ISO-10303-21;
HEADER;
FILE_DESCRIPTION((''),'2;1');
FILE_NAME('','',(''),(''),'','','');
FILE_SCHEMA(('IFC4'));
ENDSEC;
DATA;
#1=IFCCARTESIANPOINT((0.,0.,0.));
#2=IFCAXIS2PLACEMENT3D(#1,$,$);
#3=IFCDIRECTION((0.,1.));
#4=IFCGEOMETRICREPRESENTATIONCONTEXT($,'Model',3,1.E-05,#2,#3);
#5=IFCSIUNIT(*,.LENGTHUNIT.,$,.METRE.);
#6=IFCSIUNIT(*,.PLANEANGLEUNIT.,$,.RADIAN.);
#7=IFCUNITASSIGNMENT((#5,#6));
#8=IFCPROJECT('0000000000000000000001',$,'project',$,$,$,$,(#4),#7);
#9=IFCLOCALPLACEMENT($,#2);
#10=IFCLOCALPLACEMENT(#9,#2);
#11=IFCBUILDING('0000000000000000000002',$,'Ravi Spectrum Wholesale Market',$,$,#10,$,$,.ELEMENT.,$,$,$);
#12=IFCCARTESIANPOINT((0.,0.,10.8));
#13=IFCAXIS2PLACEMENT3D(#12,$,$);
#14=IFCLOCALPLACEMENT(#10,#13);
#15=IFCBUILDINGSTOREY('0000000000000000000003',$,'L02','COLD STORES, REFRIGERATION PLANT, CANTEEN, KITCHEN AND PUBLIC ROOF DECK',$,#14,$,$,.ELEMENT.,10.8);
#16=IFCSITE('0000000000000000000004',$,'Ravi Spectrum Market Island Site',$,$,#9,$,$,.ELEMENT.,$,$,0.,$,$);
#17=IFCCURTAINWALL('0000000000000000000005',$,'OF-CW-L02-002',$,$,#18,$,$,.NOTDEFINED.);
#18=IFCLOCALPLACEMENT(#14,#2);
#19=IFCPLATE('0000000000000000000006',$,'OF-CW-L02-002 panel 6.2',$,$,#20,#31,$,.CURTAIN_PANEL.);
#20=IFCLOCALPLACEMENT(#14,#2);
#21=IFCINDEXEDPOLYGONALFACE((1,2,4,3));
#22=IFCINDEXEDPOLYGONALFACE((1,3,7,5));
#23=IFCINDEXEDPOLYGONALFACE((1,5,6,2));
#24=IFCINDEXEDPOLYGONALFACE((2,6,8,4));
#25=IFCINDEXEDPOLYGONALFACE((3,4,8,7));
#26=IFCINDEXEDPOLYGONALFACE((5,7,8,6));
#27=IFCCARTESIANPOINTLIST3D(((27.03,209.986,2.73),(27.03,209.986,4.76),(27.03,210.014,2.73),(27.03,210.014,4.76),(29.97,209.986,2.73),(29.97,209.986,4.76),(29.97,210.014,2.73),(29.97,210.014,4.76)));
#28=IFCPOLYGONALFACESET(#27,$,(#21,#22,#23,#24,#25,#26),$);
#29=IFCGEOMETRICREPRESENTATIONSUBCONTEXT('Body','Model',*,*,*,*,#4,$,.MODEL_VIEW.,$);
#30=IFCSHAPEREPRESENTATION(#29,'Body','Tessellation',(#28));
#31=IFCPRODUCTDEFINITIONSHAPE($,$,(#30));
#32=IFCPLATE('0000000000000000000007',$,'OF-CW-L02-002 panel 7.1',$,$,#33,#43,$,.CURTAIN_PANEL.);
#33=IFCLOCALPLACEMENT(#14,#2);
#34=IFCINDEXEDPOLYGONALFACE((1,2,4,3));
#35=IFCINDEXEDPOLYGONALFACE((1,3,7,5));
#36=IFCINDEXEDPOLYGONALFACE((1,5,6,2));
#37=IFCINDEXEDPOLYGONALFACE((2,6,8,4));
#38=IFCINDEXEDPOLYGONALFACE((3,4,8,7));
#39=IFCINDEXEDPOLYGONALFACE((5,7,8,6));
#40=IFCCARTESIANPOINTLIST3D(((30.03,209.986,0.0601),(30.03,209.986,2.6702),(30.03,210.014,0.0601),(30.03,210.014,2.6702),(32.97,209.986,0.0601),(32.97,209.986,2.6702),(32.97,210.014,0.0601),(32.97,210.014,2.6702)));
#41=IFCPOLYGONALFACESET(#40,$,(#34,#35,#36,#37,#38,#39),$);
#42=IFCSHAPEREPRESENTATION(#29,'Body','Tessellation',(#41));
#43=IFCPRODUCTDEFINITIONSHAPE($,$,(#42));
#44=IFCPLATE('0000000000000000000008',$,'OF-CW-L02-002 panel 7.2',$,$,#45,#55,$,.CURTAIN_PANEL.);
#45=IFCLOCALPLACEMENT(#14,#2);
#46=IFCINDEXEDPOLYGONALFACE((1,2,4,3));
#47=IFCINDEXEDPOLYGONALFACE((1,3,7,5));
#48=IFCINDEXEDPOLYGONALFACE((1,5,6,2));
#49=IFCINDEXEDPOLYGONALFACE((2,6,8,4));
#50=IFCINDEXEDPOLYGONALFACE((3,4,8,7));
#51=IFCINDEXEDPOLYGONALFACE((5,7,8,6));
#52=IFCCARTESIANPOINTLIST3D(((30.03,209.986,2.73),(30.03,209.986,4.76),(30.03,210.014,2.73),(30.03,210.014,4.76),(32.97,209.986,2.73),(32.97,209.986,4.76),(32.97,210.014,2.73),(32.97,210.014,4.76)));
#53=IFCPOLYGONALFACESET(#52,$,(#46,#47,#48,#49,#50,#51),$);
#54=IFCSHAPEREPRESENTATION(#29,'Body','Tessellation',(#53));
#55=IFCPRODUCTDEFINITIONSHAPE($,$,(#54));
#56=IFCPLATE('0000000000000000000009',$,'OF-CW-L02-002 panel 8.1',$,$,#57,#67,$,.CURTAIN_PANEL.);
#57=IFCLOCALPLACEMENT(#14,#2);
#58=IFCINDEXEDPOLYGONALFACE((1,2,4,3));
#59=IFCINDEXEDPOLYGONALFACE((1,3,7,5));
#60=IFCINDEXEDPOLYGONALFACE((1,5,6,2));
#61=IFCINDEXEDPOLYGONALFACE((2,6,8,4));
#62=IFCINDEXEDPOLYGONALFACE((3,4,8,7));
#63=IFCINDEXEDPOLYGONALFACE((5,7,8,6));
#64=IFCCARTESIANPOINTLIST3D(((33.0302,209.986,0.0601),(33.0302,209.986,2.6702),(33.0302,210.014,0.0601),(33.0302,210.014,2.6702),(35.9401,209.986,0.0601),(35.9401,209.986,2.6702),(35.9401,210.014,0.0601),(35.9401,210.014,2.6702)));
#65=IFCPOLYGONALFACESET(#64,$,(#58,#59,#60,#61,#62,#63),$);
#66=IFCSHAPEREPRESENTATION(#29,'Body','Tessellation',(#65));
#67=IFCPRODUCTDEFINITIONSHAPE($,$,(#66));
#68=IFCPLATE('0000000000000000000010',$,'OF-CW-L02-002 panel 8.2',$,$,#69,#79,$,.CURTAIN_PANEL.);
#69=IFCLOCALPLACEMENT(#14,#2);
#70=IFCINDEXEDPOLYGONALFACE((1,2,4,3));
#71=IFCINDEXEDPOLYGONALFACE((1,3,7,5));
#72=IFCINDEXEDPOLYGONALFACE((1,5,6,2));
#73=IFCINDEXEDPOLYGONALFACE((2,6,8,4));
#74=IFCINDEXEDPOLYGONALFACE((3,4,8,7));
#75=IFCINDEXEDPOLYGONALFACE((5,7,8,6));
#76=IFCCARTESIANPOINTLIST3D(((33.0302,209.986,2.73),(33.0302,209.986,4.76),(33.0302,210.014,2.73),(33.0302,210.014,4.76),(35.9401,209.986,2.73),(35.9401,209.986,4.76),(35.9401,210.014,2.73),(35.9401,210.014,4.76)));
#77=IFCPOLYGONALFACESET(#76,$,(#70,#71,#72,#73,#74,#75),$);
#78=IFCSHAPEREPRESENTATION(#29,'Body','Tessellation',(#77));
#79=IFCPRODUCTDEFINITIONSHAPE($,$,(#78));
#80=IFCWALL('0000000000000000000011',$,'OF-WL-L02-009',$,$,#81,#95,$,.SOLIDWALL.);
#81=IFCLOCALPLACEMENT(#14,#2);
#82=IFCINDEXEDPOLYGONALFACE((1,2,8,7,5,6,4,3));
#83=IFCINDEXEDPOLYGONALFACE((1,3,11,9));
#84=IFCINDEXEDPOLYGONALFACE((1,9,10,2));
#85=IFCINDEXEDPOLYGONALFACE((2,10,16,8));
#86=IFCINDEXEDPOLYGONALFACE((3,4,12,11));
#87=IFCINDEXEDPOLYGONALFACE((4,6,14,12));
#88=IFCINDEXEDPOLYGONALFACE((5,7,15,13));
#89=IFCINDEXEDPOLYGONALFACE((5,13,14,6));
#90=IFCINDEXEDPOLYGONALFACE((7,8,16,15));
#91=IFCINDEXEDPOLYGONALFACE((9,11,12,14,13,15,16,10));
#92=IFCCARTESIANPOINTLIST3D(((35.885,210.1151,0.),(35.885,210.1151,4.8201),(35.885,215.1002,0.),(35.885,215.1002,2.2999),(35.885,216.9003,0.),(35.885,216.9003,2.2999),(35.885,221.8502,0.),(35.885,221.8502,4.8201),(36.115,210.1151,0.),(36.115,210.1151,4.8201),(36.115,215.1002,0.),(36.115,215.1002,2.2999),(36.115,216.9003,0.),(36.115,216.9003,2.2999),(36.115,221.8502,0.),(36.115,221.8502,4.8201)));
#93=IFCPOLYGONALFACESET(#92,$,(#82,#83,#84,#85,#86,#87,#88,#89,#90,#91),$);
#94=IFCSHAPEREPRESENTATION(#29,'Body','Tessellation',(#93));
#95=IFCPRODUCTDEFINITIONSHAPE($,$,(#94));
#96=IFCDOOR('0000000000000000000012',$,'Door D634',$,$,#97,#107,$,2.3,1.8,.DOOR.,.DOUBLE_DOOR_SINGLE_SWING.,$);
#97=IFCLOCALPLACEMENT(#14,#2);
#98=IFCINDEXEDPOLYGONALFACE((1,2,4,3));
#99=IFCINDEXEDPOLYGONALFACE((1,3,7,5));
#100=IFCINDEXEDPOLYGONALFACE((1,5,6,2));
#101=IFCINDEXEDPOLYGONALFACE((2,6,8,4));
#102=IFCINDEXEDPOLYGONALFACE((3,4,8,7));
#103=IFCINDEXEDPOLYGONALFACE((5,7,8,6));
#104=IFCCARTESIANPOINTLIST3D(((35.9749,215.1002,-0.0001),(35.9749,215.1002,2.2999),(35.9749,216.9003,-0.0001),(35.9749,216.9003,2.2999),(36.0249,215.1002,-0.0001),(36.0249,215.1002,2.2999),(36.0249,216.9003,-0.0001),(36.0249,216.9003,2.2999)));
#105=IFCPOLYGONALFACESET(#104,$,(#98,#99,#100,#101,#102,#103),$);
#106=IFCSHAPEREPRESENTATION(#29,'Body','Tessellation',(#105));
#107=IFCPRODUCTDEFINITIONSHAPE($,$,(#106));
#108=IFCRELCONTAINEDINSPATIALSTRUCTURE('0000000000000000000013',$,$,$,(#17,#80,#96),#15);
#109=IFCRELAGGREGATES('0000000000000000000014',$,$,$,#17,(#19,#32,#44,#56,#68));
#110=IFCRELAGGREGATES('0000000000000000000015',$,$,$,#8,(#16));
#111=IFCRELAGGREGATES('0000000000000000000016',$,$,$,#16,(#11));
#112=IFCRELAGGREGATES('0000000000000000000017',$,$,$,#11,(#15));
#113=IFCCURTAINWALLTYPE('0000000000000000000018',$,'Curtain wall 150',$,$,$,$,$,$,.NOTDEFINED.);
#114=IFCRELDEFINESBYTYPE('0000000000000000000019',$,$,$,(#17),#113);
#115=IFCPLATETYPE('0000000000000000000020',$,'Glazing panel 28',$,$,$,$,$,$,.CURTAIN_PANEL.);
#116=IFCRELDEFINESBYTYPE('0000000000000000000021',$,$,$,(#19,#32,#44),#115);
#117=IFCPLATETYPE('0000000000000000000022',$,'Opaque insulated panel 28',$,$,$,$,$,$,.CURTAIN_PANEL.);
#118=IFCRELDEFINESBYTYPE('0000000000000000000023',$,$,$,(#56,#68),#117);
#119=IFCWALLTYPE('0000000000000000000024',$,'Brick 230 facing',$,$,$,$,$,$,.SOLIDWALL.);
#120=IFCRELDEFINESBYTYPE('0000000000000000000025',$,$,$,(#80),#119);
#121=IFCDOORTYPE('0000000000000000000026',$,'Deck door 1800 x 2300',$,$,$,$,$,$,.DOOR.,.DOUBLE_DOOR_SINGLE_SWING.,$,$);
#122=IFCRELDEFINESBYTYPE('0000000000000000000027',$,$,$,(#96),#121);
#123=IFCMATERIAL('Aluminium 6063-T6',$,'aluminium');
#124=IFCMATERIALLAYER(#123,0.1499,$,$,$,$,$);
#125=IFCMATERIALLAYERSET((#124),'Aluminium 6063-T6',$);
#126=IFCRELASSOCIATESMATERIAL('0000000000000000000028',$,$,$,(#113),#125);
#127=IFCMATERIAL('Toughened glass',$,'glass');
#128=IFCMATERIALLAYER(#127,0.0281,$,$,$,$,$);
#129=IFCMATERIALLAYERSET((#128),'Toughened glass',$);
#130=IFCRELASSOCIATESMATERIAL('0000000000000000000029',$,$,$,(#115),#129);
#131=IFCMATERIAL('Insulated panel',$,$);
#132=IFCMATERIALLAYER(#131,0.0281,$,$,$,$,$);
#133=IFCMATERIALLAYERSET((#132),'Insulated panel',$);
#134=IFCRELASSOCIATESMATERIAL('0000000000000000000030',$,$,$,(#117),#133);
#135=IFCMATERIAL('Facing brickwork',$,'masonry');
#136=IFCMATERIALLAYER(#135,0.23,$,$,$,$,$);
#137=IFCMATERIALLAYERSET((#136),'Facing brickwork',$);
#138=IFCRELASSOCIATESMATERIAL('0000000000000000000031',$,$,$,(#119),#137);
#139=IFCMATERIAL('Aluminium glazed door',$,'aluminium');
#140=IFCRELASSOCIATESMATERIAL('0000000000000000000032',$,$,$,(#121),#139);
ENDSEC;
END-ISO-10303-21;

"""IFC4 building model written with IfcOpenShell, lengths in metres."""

from ifc_helpers import new_model, si_unit, direction, frame, frame_2d, origin, origin_2d, place, context, subcontext, project, spatial, rectangle, extrude, material, layer, layer_set, type_object, element, fill, aggregate, save


model = new_model("IFC4")

# Units and contexts
model_context = context("Model", 3, precision=1e-05, world=origin(), true_north=direction((0.0, 1.0)))
body_context = subcontext(model_context, "Body", "Model", "MODEL_VIEW")
ifc_project = project(units=[si_unit("LENGTHUNIT", "METRE"), si_unit("PLANEANGLEUNIT", "RADIAN")], contexts=[model_context])

# Site, building, storey
site_placement = place(None, origin())
site = spatial("IfcSite", under=ifc_project, at=site_placement, Name="Ravi Spectrum Market Island Site", CompositionType="ELEMENT", RefElevation=0.0)
building_placement = place(site_placement, origin())
building = spatial("IfcBuilding", under=site, at=building_placement, Name="Ravi Spectrum Wholesale Market", CompositionType="ELEMENT")
storey_placement = place(building_placement, frame((0.0, 0.0, 10.8)))
storey = spatial("IfcBuildingStorey", under=building, at=storey_placement, Name="L02", Description="COLD STORES, REFRIGERATION PLANT, CANTEEN, KITCHEN AND PUBLIC ROOF DECK", CompositionType="ELEMENT", Elevation=10.8)

# Curtain wall, plates
ifc_material_1 = material(Name="Aluminium 6063-T6", Category="aluminium")
ifc_layer_1 = layer(ifc_material_1, 0.1499)
ifc_layer_set_1 = layer_set([ifc_layer_1], Name="Aluminium 6063-T6")
curtain_wall_type = type_object("IfcCurtainWallType", Name="Curtain wall 150", PredefinedType="NOTDEFINED", material=ifc_layer_set_1)
curtain_wall_placement = place(storey_placement, origin())
curtain_wall = element("IfcCurtainWall", 1, at=curtain_wall_placement, inside=storey, type_object=curtain_wall_type, Name="OF-CW-L02-002", PredefinedType="NOTDEFINED")
ifc_material_2 = material(Name="Toughened glass", Category="glass")
ifc_layer_2 = layer(ifc_material_2, 0.0281)
ifc_layer_set_2 = layer_set([ifc_layer_2], Name="Toughened glass")
plate_type_1 = type_object("IfcPlateType", Name="Glazing panel 28", PredefinedType="CURTAIN_PANEL", material=ifc_layer_set_2)
plate_1_placement = place(storey_placement, frame((28.5, 210.0, 2.73), z_axis=(0.0, 0.0, 1.0), x_axis=(1.0, 0.0, 0.0)))
plate_1 = element("IfcPlate", 2, at=plate_1_placement, type_object=plate_type_1, Name="OF-CW-L02-002 panel 6.2", PredefinedType="CURTAIN_PANEL", context=body_context, shape_type="SweptSolid", body=[
    extrude(rectangle(XDim=2.9399, YDim=0.0281, at=origin_2d()), origin(), (0.0, 0.0, 1.0), 2.03),
])
plate_2_placement = place(storey_placement, frame((31.5, 210.0, 0.0601), z_axis=(0.0, 0.0, 1.0), x_axis=(1.0, 0.0, 0.0)))
plate_2 = element("IfcPlate", 3, at=plate_2_placement, type_object=plate_type_1, Name="OF-CW-L02-002 panel 7.1", PredefinedType="CURTAIN_PANEL", context=body_context, shape_type="SweptSolid", body=[
    extrude(rectangle(XDim=2.9399, YDim=0.0281, at=origin_2d()), origin(), (0.0, 0.0, 1.0), 2.6101),
])
plate_3_placement = place(storey_placement, frame((31.5, 210.0, 2.73), z_axis=(0.0, 0.0, 1.0), x_axis=(1.0, 0.0, 0.0)))
plate_3 = element("IfcPlate", 4, at=plate_3_placement, type_object=plate_type_1, Name="OF-CW-L02-002 panel 7.2", PredefinedType="CURTAIN_PANEL", context=body_context, shape_type="SweptSolid", body=[
    extrude(rectangle(XDim=2.9399, YDim=0.0281, at=origin_2d()), origin(), (0.0, 0.0, 1.0), 2.03),
])
ifc_material_3 = material(Name="Insulated panel")
ifc_layer_3 = layer(ifc_material_3, 0.0281)
ifc_layer_set_3 = layer_set([ifc_layer_3], Name="Insulated panel")
plate_type_2 = type_object("IfcPlateType", Name="Opaque insulated panel 28", PredefinedType="CURTAIN_PANEL", material=ifc_layer_set_3)
plate_4_placement = place(storey_placement, frame((34.4851, 210.0, 0.0601), z_axis=(0.0, 0.0, 1.0), x_axis=(1.0, 0.0, 0.0)))
plate_4 = element("IfcPlate", 5, at=plate_4_placement, type_object=plate_type_2, Name="OF-CW-L02-002 panel 8.1", PredefinedType="CURTAIN_PANEL", context=body_context, shape_type="SweptSolid", body=[
    extrude(rectangle(XDim=2.9099, YDim=0.0281, at=origin_2d()), origin(), (0.0, 0.0, 1.0), 2.6101),
])
plate_5_placement = place(storey_placement, frame((34.4851, 210.0, 2.73), z_axis=(0.0, 0.0, 1.0), x_axis=(1.0, 0.0, 0.0)))
plate_5 = element("IfcPlate", 6, at=plate_5_placement, type_object=plate_type_2, Name="OF-CW-L02-002 panel 8.2", PredefinedType="CURTAIN_PANEL", context=body_context, shape_type="SweptSolid", body=[
    extrude(rectangle(XDim=2.9099, YDim=0.0281, at=origin_2d()), origin(), (0.0, 0.0, 1.0), 2.03),
])
aggregate(curtain_wall, [plate_1, plate_2, plate_3, plate_4, plate_5])

# Wall, opening, door
ifc_material_4 = material(Name="Facing brickwork", Category="masonry")
ifc_layer_4 = layer(ifc_material_4, 0.23)
ifc_layer_set_4 = layer_set([ifc_layer_4], Name="Facing brickwork")
wall_type = type_object("IfcWallType", Name="Brick 230 facing", PredefinedType="SOLIDWALL", material=ifc_layer_set_4)
wall_placement = place(storey_placement, frame((36.0, 210.115, 0.0), z_axis=(0.0, 0.0, 1.0), x_axis=(0.0, 1.0, 0.0)))
wall = element("IfcWall", 7, at=wall_placement, inside=storey, type_object=wall_type, Name="OF-WL-L02-009", PredefinedType="SOLIDWALL", context=body_context, shape_type="SweptSolid", body=[
    extrude(rectangle(XDim=11.7351, YDim=0.23, at=frame_2d((5.8677, 0.0))), origin(), (0.0, 0.0, 1.0), 4.8201),
])
opening_placement = place(wall_placement, frame((6.7852, 0.0, 0.0), z_axis=(0.0, 0.0, 1.0), x_axis=(-1.0, 0.0, 0.0)))
opening = element("IfcOpeningElement", 8, at=opening_placement, cuts=wall, PredefinedType="OPENING", context=body_context, shape_type="SweptSolid", body=[
    extrude(rectangle(XDim=1.8, YDim=2.3, at=frame_2d((0.8999, 1.1499))), frame((0.0, 0.125, 0.0), z_axis=(0.0, -1.0, 0.0), x_axis=(1.0, 0.0, 0.0)), (0.0, 0.0, 1.0), 0.25),
])
ifc_material_5 = material(Name="Aluminium glazed door", Category="aluminium")
door_type = type_object("IfcDoorType", Name="Deck door 1800 x 2300", OperationType="DOUBLE_DOOR_SINGLE_SWING", PredefinedType="DOOR", material=ifc_material_5)
door_placement = place(opening_placement, origin())
door = element("IfcDoor", 9, at=door_placement, inside=storey, type_object=door_type, Name="Door D634", OperationType="DOUBLE_DOOR_SINGLE_SWING", OverallHeight=2.3, OverallWidth=1.8, PredefinedType="DOOR", context=body_context, shape_type="SweptSolid", body=[
    extrude(rectangle(XDim=1.8, YDim=2.3, at=frame_2d((0.8999, 1.1499))), frame((0.0, 0.0249, 0.0), z_axis=(0.0, -1.0, 0.0), x_axis=(1.0, 0.0, 0.0)), (0.0, 0.0, 1.0), 0.05),
])
fill(opening, door)

save(model, "model.ifc")
